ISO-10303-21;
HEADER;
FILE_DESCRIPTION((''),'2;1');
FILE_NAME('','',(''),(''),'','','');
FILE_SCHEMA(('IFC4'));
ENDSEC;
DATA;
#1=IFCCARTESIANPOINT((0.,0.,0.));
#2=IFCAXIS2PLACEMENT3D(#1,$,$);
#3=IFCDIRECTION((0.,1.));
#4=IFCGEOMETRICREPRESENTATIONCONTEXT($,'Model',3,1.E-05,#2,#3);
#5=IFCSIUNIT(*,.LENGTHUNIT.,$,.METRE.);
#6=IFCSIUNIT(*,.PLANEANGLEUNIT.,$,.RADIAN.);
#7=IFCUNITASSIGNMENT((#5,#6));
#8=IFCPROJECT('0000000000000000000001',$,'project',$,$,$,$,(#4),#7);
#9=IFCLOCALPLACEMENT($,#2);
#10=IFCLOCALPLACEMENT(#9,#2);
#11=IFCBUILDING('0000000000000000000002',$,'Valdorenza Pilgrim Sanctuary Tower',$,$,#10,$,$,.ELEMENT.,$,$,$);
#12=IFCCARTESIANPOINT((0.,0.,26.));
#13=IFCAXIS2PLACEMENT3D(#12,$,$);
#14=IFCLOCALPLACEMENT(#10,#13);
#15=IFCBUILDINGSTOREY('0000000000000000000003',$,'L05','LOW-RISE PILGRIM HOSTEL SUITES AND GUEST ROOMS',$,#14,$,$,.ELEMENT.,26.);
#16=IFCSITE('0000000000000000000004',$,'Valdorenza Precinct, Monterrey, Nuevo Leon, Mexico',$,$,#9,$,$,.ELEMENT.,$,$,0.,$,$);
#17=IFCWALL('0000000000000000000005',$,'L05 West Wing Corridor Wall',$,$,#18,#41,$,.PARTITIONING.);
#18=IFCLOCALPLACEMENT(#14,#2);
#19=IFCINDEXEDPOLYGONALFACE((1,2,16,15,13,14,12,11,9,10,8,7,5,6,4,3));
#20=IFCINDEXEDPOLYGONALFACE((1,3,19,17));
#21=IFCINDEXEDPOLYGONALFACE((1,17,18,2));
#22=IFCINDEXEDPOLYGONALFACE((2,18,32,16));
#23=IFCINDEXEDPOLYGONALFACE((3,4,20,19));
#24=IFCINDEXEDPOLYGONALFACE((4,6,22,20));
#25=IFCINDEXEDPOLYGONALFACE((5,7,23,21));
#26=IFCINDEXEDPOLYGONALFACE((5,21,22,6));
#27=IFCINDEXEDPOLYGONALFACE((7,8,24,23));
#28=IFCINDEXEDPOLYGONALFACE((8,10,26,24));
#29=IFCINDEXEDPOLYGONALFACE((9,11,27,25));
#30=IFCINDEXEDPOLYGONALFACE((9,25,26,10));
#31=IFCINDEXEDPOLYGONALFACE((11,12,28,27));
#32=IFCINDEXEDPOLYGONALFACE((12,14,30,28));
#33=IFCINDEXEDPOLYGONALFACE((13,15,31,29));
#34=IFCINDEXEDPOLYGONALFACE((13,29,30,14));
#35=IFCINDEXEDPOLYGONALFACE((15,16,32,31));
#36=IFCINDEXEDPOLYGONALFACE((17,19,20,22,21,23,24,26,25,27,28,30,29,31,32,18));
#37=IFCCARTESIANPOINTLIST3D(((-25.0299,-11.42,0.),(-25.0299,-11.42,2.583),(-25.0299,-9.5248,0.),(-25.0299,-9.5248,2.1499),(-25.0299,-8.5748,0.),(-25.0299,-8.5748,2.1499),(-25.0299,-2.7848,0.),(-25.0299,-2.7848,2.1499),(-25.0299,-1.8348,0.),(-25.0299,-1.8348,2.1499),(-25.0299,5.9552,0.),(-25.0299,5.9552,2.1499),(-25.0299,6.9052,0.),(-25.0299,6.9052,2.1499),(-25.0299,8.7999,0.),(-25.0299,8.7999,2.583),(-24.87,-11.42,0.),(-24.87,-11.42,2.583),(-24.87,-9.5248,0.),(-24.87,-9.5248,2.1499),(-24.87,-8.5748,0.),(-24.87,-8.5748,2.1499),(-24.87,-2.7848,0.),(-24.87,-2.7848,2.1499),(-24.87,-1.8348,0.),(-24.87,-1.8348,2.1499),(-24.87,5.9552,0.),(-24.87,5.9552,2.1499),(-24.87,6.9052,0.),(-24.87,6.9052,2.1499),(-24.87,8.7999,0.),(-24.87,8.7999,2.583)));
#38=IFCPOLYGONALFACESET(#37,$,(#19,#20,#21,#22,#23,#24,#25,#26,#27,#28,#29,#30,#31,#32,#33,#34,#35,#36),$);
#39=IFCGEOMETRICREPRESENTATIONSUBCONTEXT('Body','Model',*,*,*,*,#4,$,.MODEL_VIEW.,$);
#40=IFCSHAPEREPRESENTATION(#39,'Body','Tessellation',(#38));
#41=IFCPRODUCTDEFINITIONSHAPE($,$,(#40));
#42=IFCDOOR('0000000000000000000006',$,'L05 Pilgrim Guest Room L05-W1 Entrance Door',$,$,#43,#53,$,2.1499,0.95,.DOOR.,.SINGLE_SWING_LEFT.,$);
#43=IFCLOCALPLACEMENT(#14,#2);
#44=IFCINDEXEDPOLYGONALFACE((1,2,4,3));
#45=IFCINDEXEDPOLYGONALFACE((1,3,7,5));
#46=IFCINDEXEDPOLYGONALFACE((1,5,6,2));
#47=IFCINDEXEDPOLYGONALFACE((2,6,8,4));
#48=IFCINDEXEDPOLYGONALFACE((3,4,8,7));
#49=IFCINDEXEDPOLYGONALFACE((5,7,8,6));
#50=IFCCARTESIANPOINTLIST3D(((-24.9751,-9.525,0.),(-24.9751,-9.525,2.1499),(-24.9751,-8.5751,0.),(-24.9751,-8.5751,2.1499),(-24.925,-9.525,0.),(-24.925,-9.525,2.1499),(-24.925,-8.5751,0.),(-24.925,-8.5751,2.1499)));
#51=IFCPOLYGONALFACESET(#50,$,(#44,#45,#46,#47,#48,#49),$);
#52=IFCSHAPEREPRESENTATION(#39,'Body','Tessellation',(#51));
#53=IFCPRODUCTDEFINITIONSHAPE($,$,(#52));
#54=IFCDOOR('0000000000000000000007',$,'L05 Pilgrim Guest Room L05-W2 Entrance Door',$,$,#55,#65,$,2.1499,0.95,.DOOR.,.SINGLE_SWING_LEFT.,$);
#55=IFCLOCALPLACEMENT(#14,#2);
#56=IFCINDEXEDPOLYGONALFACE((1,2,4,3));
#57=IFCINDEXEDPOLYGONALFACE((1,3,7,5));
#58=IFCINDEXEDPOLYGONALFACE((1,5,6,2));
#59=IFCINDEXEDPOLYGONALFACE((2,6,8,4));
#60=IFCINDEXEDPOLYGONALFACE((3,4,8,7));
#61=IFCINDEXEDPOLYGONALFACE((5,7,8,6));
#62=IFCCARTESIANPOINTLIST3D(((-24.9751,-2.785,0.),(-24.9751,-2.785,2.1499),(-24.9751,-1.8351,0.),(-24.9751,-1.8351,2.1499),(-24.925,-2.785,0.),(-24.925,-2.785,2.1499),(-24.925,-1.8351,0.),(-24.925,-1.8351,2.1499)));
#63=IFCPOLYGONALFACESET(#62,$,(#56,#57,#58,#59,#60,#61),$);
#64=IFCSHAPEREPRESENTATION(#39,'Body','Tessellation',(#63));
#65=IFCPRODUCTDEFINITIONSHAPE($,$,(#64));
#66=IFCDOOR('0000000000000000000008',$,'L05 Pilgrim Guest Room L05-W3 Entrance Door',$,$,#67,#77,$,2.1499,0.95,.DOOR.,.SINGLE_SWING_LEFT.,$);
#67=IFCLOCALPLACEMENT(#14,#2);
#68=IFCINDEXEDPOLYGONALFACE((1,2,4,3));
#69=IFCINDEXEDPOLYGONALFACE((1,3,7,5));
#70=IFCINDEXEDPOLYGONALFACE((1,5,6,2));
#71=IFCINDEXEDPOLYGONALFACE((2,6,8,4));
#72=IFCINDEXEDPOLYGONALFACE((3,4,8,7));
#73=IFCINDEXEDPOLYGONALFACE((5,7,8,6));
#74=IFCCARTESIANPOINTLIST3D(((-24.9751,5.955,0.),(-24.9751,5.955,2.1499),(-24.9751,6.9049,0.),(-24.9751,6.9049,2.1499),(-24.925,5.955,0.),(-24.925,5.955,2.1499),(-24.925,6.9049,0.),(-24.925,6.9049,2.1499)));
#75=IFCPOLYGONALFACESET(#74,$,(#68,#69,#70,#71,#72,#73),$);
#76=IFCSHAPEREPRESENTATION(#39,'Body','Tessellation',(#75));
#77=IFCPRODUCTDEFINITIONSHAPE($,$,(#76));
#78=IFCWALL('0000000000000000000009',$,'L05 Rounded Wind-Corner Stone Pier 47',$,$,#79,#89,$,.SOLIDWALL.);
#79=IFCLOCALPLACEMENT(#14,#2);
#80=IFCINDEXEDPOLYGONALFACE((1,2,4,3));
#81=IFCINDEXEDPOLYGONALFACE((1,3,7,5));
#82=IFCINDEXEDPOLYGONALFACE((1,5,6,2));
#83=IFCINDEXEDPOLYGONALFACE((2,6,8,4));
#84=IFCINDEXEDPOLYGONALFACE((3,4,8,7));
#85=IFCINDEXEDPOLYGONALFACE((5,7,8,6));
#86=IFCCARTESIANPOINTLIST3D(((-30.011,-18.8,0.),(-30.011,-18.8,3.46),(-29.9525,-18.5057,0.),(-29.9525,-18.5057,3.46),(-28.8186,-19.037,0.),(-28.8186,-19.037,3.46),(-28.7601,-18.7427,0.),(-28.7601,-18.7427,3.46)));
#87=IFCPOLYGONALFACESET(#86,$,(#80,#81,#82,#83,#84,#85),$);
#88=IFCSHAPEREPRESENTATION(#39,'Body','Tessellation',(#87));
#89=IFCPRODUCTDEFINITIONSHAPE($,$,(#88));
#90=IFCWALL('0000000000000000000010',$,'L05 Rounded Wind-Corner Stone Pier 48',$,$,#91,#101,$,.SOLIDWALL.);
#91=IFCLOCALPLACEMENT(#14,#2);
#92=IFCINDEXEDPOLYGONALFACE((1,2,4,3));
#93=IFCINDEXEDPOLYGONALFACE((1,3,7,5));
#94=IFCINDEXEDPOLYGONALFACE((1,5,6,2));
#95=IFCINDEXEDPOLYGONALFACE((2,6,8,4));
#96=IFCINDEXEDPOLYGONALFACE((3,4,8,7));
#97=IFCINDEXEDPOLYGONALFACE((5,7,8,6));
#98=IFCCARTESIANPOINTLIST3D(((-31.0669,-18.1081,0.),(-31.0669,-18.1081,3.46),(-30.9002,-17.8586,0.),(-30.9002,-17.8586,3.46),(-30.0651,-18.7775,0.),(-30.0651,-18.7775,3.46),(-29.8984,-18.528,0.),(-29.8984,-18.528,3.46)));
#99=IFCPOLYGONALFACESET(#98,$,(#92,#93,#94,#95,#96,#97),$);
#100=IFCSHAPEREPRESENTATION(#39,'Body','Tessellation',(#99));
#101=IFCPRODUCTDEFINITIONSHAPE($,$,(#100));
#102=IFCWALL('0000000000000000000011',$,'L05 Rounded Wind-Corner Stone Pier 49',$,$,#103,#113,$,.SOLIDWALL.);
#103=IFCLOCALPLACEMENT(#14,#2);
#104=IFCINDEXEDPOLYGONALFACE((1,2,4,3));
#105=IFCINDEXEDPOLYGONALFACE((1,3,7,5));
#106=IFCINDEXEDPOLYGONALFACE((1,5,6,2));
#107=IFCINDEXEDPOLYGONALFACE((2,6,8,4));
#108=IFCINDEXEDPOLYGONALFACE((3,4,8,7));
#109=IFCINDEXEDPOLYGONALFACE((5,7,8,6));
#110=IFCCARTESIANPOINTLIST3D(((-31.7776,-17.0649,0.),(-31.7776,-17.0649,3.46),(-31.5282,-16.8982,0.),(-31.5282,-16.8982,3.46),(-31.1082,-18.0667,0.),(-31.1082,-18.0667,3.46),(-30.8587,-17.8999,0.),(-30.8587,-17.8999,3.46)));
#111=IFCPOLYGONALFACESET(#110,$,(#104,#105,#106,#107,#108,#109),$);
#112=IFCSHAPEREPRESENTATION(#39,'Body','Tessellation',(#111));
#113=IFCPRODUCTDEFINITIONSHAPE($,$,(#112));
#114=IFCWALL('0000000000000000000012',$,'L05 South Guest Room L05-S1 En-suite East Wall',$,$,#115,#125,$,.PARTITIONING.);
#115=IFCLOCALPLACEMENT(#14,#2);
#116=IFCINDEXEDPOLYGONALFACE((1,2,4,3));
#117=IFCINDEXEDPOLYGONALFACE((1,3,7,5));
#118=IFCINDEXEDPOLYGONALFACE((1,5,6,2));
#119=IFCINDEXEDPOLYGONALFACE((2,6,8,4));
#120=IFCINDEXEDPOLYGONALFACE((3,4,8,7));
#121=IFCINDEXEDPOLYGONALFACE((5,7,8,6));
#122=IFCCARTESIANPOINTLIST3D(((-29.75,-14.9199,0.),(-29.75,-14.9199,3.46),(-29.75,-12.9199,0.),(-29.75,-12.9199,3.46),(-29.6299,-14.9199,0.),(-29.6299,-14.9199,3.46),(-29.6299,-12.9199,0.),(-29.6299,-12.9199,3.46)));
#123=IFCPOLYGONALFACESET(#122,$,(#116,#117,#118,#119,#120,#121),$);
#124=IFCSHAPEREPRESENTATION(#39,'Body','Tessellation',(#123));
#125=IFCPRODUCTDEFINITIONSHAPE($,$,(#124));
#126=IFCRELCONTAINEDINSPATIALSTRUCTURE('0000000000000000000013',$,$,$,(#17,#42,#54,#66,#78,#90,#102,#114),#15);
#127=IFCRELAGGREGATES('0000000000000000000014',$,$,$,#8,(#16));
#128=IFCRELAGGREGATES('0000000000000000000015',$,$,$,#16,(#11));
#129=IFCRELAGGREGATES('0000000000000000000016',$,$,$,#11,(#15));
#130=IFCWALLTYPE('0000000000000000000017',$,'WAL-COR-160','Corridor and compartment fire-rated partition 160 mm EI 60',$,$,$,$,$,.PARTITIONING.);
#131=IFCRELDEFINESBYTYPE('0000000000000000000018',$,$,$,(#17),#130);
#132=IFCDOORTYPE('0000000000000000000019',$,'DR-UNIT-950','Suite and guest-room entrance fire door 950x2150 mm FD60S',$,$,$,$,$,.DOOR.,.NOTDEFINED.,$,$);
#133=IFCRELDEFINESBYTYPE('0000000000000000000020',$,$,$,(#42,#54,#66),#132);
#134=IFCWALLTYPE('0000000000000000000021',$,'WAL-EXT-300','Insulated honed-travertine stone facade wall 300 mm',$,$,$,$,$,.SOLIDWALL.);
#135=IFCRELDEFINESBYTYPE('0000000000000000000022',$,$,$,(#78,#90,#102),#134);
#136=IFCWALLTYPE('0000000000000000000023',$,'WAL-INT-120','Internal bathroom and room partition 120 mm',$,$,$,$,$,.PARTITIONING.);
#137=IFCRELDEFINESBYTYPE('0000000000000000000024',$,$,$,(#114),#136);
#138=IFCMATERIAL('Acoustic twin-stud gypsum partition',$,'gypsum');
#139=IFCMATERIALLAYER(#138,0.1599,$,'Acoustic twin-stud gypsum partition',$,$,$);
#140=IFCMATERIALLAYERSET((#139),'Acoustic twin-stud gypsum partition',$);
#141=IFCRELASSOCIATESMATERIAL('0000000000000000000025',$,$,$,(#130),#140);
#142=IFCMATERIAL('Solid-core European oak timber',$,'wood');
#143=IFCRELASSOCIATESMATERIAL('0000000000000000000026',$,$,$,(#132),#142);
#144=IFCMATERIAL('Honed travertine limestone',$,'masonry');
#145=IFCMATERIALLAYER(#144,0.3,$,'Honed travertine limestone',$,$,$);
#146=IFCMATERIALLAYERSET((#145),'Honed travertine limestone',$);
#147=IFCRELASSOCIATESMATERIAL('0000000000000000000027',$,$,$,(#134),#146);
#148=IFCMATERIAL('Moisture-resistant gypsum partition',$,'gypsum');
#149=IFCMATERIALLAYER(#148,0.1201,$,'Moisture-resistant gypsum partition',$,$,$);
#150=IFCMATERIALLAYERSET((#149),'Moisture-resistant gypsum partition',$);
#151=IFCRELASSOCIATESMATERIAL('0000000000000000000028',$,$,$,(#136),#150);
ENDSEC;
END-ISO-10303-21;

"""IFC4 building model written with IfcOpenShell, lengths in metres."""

from ifc_helpers import new_model, si_unit, direction, frame, frame_2d, origin, place, context, subcontext, project, spatial, rectangle, extrude, material, layer, layer_set, type_object, element, fill, save


model = new_model("IFC4")

# Units and contexts
model_context = context("Model", 3, precision=1e-05, world=origin(), true_north=direction((0.0, 1.0)))
body_context = subcontext(model_context, "Body", "Model", "MODEL_VIEW")
ifc_project = project(units=[si_unit("LENGTHUNIT", "METRE"), si_unit("PLANEANGLEUNIT", "RADIAN")], contexts=[model_context])

# Site, building, storey
site_placement = place(None, origin())
site = spatial("IfcSite", under=ifc_project, at=site_placement, Name="Valdorenza Precinct, Monterrey, Nuevo Leon, Mexico", CompositionType="ELEMENT", RefElevation=0.0)
building_placement = place(site_placement, origin())
building = spatial("IfcBuilding", under=site, at=building_placement, Name="Valdorenza Pilgrim Sanctuary Tower", CompositionType="ELEMENT")
storey_placement = place(building_placement, frame((0.0, 0.0, 26.0)))
storey = spatial("IfcBuildingStorey", under=building, at=storey_placement, Name="L05", Description="LOW-RISE PILGRIM HOSTEL SUITES AND GUEST ROOMS", CompositionType="ELEMENT", Elevation=26.0)

# Shared definitions
ifc_material_1 = material(Name="Honed travertine limestone", Category="masonry")

# Wall, openings, doors
ifc_material_2 = material(Name="Acoustic twin-stud gypsum partition", Category="gypsum")
ifc_layer_1 = layer(ifc_material_2, 0.1599, Name="Acoustic twin-stud gypsum partition")
ifc_layer_set_1 = layer_set([ifc_layer_1], Name="Acoustic twin-stud gypsum partition")
wall_type_1 = type_object("IfcWallType", Name="WAL-COR-160", Description="Corridor and compartment fire-rated partition 160 mm EI 60", PredefinedType="PARTITIONING", material=ifc_layer_set_1)
wall_1_placement = place(storey_placement, frame((-24.95, -11.4199, 0.0), z_axis=(0.0, 0.0, 1.0), x_axis=(0.0, 1.0, 0.0)))
wall_1 = element("IfcWall", 1, at=wall_1_placement, inside=storey, type_object=wall_type_1, Name="L05 West Wing Corridor Wall", PredefinedType="PARTITIONING", context=body_context, shape_type="SweptSolid", body=[
    extrude(rectangle(XDim=20.22, YDim=0.1599, at=frame_2d((10.1099, 0.0))), origin(), (0.0, 0.0, 1.0), 2.583),
])
opening_1_placement = place(wall_1_placement, frame((1.895, 0.0, 0.0)))
opening_1 = element("IfcOpeningElement", 2, at=opening_1_placement, cuts=wall_1, PredefinedType="OPENING", context=body_context, shape_type="SweptSolid", body=[
    extrude(rectangle(XDim=0.95, YDim=2.1499, at=frame_2d((0.4751, 1.075))), frame((0.0, 0.0947, 0.0), z_axis=(0.0, -1.0, 0.0), x_axis=(1.0, 0.0, 0.0)), (0.0, 0.0, 1.0), 0.1897),
])
opening_2_placement = place(wall_1_placement, frame((8.635, 0.0, 0.0)))
opening_2 = element("IfcOpeningElement", 3, at=opening_2_placement, cuts=wall_1, PredefinedType="OPENING", context=body_context, shape_type="SweptSolid", body=[
    extrude(rectangle(XDim=0.95, YDim=2.1499, at=frame_2d((0.4751, 1.075))), frame((0.0, 0.0947, 0.0), z_axis=(0.0, -1.0, 0.0), x_axis=(1.0, 0.0, 0.0)), (0.0, 0.0, 1.0), 0.1897),
])
opening_3_placement = place(wall_1_placement, frame((17.375, 0.0, 0.0)))
opening_3 = element("IfcOpeningElement", 4, at=opening_3_placement, cuts=wall_1, PredefinedType="OPENING", context=body_context, shape_type="SweptSolid", body=[
    extrude(rectangle(XDim=0.95, YDim=2.1499, at=frame_2d((0.4751, 1.075))), frame((0.0, 0.0947, 0.0), z_axis=(0.0, -1.0, 0.0), x_axis=(1.0, 0.0, 0.0)), (0.0, 0.0, 1.0), 0.1897),
])
ifc_material_3 = material(Name="Solid-core European oak timber", Category="wood")
door_type = type_object("IfcDoorType", Name="DR-UNIT-950", Description="Suite and guest-room entrance fire door 950x2150 mm FD60S", OperationType="NOTDEFINED", PredefinedType="DOOR", material=ifc_material_3)
door_1_placement = place(opening_1_placement, frame((0.95, 0.0, 0.0), z_axis=(0.0, 0.0, 1.0), x_axis=(-1.0, 0.0, 0.0)))
door_1 = element("IfcDoor", 5, at=door_1_placement, inside=storey, type_object=door_type, Name="L05 Pilgrim Guest Room L05-W1 Entrance Door", OperationType="SINGLE_SWING_LEFT", OverallHeight=2.1499, OverallWidth=0.95, PredefinedType="DOOR", context=body_context, shape_type="SweptSolid", body=[
    extrude(rectangle(XDim=0.95, YDim=2.1499, at=frame_2d((0.4751, 1.075))), frame((0.0, 0.0249, 0.0), z_axis=(0.0, -1.0, 0.0), x_axis=(1.0, 0.0, 0.0)), (0.0, 0.0, 1.0), 0.05),
])
fill(opening_1, door_1)
door_2_placement = place(opening_2_placement, frame((0.95, 0.0, 0.0), z_axis=(0.0, 0.0, 1.0), x_axis=(-1.0, 0.0, 0.0)))
door_2 = element("IfcDoor", 6, at=door_2_placement, inside=storey, type_object=door_type, Name="L05 Pilgrim Guest Room L05-W2 Entrance Door", OperationType="SINGLE_SWING_LEFT", OverallHeight=2.1499, OverallWidth=0.95, PredefinedType="DOOR", context=body_context, shape_type="SweptSolid", body=[
    extrude(rectangle(XDim=0.95, YDim=2.1499, at=frame_2d((0.4751, 1.075))), frame((0.0, 0.0249, 0.0), z_axis=(0.0, -1.0, 0.0), x_axis=(1.0, 0.0, 0.0)), (0.0, 0.0, 1.0), 0.05),
])
fill(opening_2, door_2)
door_3_placement = place(opening_3_placement, frame((0.95, 0.0, 0.0), z_axis=(0.0, 0.0, 1.0), x_axis=(-1.0, 0.0, 0.0)))
door_3 = element("IfcDoor", 7, at=door_3_placement, inside=storey, type_object=door_type, Name="L05 Pilgrim Guest Room L05-W3 Entrance Door", OperationType="SINGLE_SWING_LEFT", OverallHeight=2.1499, OverallWidth=0.95, PredefinedType="DOOR", context=body_context, shape_type="SweptSolid", body=[
    extrude(rectangle(XDim=0.95, YDim=2.1499, at=frame_2d((0.4751, 1.075))), frame((0.0, 0.0249, 0.0), z_axis=(0.0, -1.0, 0.0), x_axis=(1.0, 0.0, 0.0)), (0.0, 0.0, 1.0), 0.05),
])
fill(opening_3, door_3)

# Walls
ifc_layer_2 = layer(ifc_material_1, 0.3, Name="Honed travertine limestone")
ifc_layer_set_2 = layer_set([ifc_layer_2], Name="Honed travertine limestone")
wall_type_2 = type_object("IfcWallType", Name="WAL-EXT-300", Description="Insulated honed-travertine stone facade wall 300 mm", PredefinedType="SOLIDWALL", material=ifc_layer_set_2)
wall_2_placement = place(storey_placement, frame((-28.7893, -18.8899, 0.0), z_axis=(0.0, 0.0, 1.0), x_axis=(-0.980804, 0.194996, 0.0)))
element("IfcWall", 8, at=wall_2_placement, inside=storey, type_object=wall_type_2, Name="L05 Rounded Wind-Corner Stone Pier 47", PredefinedType="SOLIDWALL", context=body_context, shape_type="SweptSolid", body=[
    extrude(rectangle(XDim=1.2158, YDim=0.3, at=frame_2d((0.6079, 0.0))), origin(), (0.0, 0.0, 1.0), 3.46),
])
for number, where, z_axis, x_axis, name in (
    (9, (-29.9817, -18.6528, 0.0), (0.0, 0.0, 1.0), (-0.831426, 0.555635, 0.0), "L05 Rounded Wind-Corner Stone Pier 48"),
    (10, (-30.9834, -17.9834, 0.0), (0.0, 0.0, 1.0), (-0.555635, 0.831426, 0.0), "L05 Rounded Wind-Corner Stone Pier 49"),
):
    element("IfcWall", number, at=place(storey_placement, frame(where, z_axis=z_axis, x_axis=x_axis)), inside=storey, type_object=wall_type_2, Name=name, PredefinedType="SOLIDWALL", context=body_context, shape_type="SweptSolid", body=[
        extrude(rectangle(XDim=1.2048, YDim=0.3, at=frame_2d((0.6025, 0.0))), origin(), (0.0, 0.0, 1.0), 3.46),
    ])
ifc_material_4 = material(Name="Moisture-resistant gypsum partition", Category="gypsum")
ifc_layer_3 = layer(ifc_material_4, 0.1201, Name="Moisture-resistant gypsum partition")
ifc_layer_set_3 = layer_set([ifc_layer_3], Name="Moisture-resistant gypsum partition")
wall_type_3 = type_object("IfcWallType", Name="WAL-INT-120", Description="Internal bathroom and room partition 120 mm", PredefinedType="PARTITIONING", material=ifc_layer_set_3)
wall_3_placement = place(storey_placement, frame((-29.6899, -14.9199, 0.0), z_axis=(0.0, 0.0, 1.0), x_axis=(0.0, 1.0, 0.0)))
element("IfcWall", 11, at=wall_3_placement, inside=storey, type_object=wall_type_3, Name="L05 South Guest Room L05-S1 En-suite East Wall", PredefinedType="PARTITIONING", context=body_context, shape_type="SweptSolid", body=[
    extrude(rectangle(XDim=2.0, YDim=0.1201, at=frame_2d((1.0, 0.0))), origin(), (0.0, 0.0, 1.0), 3.46),
])

save(model, "model.ifc")
